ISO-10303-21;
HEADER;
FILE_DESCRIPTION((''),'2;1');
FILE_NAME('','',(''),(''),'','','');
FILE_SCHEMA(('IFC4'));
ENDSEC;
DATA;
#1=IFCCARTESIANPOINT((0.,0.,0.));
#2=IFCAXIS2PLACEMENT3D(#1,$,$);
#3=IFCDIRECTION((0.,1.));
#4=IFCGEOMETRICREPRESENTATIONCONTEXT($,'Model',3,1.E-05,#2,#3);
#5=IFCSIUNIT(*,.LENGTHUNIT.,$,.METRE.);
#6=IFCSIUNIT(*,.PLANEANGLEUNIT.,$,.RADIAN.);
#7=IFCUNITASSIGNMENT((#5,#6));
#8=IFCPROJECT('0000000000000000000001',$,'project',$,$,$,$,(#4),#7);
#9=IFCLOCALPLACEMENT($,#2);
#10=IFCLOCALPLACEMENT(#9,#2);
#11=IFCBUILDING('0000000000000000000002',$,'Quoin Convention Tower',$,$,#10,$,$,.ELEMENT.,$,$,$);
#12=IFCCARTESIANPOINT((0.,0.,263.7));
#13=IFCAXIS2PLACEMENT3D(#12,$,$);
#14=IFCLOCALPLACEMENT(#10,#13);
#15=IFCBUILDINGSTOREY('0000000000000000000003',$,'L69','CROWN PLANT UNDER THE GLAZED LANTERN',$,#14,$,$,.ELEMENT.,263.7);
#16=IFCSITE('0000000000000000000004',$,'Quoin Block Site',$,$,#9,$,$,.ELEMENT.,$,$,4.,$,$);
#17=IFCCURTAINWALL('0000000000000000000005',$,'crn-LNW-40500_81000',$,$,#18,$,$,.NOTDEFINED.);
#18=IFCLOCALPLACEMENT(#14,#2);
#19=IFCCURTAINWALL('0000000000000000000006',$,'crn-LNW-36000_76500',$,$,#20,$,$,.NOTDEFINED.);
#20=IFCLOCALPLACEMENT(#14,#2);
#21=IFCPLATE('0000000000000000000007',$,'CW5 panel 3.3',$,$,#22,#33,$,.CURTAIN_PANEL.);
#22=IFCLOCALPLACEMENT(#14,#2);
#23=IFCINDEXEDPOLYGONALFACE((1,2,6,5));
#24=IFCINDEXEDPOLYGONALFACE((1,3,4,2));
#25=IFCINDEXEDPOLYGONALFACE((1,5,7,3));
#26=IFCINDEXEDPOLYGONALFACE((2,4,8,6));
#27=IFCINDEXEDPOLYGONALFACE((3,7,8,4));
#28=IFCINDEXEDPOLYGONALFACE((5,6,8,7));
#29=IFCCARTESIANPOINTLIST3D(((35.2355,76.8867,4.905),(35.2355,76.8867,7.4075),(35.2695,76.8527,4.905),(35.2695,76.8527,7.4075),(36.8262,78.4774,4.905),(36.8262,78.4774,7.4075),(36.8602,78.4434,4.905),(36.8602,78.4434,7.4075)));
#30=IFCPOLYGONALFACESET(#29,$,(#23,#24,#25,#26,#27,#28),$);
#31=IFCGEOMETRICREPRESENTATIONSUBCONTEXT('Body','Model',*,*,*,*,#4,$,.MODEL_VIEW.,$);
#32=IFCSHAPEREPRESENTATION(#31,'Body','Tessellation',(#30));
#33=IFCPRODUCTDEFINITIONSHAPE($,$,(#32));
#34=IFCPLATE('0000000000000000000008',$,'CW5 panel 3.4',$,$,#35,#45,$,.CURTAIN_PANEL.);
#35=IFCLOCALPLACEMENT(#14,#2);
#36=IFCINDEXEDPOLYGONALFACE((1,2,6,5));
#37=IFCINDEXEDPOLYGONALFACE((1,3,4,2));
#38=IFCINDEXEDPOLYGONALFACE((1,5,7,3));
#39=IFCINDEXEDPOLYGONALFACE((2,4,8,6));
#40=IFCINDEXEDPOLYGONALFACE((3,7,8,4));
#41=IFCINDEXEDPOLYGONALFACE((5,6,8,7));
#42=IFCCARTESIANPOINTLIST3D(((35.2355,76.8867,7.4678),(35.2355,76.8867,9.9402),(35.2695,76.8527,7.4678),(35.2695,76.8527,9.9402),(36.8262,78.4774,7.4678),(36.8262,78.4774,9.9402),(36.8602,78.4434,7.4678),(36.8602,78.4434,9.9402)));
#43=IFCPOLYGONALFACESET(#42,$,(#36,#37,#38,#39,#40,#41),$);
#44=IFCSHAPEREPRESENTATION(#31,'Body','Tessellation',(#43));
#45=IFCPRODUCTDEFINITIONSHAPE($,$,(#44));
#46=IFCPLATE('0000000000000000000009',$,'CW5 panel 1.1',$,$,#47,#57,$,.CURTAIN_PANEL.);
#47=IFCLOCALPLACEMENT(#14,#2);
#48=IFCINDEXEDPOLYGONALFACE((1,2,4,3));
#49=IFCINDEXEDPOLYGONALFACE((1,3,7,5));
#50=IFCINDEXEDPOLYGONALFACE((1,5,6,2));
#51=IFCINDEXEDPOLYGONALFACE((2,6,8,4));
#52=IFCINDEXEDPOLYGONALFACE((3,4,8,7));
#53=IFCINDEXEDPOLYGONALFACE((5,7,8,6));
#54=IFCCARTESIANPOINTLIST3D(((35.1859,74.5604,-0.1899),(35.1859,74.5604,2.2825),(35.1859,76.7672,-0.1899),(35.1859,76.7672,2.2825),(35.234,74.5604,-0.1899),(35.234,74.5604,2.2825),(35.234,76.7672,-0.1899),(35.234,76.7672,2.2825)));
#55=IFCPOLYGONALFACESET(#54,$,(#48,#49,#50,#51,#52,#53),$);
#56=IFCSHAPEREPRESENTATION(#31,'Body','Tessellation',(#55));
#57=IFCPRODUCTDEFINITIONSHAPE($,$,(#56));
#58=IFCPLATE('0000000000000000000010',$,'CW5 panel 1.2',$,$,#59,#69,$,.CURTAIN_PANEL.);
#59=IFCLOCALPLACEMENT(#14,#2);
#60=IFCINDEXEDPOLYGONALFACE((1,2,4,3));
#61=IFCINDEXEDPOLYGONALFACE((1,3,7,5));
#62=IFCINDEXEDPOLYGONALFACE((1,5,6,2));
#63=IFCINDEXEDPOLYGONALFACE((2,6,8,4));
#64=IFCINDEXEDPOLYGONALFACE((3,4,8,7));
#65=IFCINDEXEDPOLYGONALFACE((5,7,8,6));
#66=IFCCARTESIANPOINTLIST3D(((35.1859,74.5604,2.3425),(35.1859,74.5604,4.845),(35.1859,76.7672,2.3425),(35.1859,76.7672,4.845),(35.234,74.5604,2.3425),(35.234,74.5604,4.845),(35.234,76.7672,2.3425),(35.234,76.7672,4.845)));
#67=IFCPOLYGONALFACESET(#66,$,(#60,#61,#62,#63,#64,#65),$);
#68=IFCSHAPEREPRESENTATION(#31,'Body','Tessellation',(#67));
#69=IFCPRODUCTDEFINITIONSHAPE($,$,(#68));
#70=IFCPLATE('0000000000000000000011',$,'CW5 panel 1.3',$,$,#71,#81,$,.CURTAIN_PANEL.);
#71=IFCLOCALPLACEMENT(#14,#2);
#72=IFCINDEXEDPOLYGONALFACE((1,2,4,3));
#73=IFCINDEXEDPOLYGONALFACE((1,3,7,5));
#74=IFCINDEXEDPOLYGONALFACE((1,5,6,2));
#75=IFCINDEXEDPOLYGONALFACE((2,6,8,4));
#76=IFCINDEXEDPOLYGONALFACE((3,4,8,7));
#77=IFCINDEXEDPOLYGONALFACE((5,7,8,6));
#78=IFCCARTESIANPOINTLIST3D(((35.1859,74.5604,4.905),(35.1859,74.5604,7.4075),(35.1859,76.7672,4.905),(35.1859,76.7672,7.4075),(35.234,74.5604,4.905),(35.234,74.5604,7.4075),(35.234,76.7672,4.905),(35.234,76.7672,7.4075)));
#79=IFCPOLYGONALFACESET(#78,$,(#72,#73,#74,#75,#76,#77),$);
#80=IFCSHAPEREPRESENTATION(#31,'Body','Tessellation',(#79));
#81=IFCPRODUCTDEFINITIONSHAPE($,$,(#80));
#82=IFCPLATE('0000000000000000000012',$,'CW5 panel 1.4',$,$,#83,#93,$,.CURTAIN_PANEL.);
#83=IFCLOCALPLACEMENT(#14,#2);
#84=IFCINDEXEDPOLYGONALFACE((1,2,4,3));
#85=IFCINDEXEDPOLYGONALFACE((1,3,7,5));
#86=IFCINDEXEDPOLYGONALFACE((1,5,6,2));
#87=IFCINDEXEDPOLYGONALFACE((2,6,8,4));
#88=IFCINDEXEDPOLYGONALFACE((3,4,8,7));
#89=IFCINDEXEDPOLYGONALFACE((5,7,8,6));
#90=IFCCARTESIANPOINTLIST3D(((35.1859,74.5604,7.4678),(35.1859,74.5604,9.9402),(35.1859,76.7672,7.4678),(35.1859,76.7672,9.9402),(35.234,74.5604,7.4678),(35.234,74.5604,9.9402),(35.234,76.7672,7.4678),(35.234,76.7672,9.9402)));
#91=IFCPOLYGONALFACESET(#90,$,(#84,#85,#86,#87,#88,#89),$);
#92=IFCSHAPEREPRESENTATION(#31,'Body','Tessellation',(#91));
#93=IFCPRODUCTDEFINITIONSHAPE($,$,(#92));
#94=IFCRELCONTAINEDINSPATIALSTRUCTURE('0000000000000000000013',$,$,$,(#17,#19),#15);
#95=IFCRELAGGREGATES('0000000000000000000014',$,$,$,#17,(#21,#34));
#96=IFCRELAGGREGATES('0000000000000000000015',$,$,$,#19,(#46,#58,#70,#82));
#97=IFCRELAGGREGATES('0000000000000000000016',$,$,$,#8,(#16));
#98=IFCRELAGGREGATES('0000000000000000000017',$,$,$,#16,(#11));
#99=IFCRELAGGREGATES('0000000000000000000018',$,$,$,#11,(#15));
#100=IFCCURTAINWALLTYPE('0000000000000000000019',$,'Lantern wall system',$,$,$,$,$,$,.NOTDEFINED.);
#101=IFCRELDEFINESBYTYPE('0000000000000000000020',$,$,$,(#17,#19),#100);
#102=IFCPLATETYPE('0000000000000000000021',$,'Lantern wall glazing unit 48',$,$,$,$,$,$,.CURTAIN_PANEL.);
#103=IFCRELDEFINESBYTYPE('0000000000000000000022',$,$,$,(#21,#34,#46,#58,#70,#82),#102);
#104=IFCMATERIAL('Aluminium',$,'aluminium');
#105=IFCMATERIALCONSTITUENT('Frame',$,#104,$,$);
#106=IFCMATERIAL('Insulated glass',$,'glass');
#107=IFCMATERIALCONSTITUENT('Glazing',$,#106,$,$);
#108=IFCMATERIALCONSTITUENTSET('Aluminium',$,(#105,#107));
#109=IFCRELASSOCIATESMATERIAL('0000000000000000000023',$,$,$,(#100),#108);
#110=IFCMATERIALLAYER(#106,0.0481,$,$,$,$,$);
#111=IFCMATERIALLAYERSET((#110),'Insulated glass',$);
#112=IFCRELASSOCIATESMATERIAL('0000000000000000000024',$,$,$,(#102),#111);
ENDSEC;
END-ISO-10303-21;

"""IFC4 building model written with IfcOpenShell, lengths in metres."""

from ifc_helpers import new_model, si_unit, direction, frame, origin, origin_2d, place, context, subcontext, project, spatial, rectangle, extrude, material, layer, layer_set, constituent, constituent_set, type_object, element, aggregate, save


model = new_model("IFC4")

# Units and contexts
model_context = context("Model", 3, precision=1e-05, world=origin(), true_north=direction((0.0, 1.0)))
body_context = subcontext(model_context, "Body", "Model", "MODEL_VIEW")
ifc_project = project(units=[si_unit("LENGTHUNIT", "METRE"), si_unit("PLANEANGLEUNIT", "RADIAN")], contexts=[model_context])

# Site, building, storey
site_placement = place(None, origin())
site = spatial("IfcSite", under=ifc_project, at=site_placement, Name="Quoin Block Site", CompositionType="ELEMENT", RefElevation=4.0)
building_placement = place(site_placement, origin())
building = spatial("IfcBuilding", under=site, at=building_placement, Name="Quoin Convention Tower", CompositionType="ELEMENT")
storey_placement = place(building_placement, frame((0.0, 0.0, 263.7)))
storey = spatial("IfcBuildingStorey", under=building, at=storey_placement, Name="L69", Description="CROWN PLANT UNDER THE GLAZED LANTERN", CompositionType="ELEMENT", Elevation=263.7)

# Curtain walls
ifc_material_1 = material(Name="Aluminium", Category="aluminium")
ifc_constituent_1 = constituent(ifc_material_1, Name="Frame")
ifc_material_2 = material(Name="Insulated glass", Category="glass")
ifc_constituent_2 = constituent(ifc_material_2, Name="Glazing")
ifc_constituent_set = constituent_set(constituents=[ifc_constituent_1, ifc_constituent_2], Name="Aluminium")
curtain_wall_type = type_object("IfcCurtainWallType", Name="Lantern wall system", PredefinedType="NOTDEFINED", material=ifc_constituent_set)
curtain_wall_1_placement = place(storey_placement, origin())
curtain_wall_1 = element("IfcCurtainWall", 1, at=curtain_wall_1_placement, inside=storey, type_object=curtain_wall_type, Name="crn-LNW-40500_81000", PredefinedType="NOTDEFINED")
curtain_wall_2_placement = place(storey_placement, origin())
curtain_wall_2 = element("IfcCurtainWall", 2, at=curtain_wall_2_placement, inside=storey, type_object=curtain_wall_type, Name="crn-LNW-36000_76500", PredefinedType="NOTDEFINED")

# Plates
ifc_layer = layer(ifc_material_2, 0.0481)
ifc_layer_set = layer_set([ifc_layer], Name="Insulated glass")
plate_type = type_object("IfcPlateType", Name="Lantern wall glazing unit 48", PredefinedType="CURTAIN_PANEL", material=ifc_layer_set)
plate_1_placement = place(storey_placement, frame((36.0479, 77.665, 4.905), z_axis=(0.0, 0.0, 1.0), x_axis=(-0.707107, -0.707107, 0.0)))
plate_1 = element("IfcPlate", 3, at=plate_1_placement, type_object=plate_type, Name="CW5 panel 3.3", PredefinedType="CURTAIN_PANEL", context=body_context, shape_type="SweptSolid", body=[
    extrude(rectangle(XDim=2.2495, YDim=0.0481, at=origin_2d()), origin(), (0.0, 0.0, 1.0), 2.5024),
])
plate_2_placement = place(storey_placement, frame((36.0479, 77.665, 7.4678), z_axis=(0.0, 0.0, 1.0), x_axis=(-0.707107, -0.707107, 0.0)))
plate_2 = element("IfcPlate", 4, at=plate_2_placement, type_object=plate_type, Name="CW5 panel 3.4", PredefinedType="CURTAIN_PANEL", context=body_context, shape_type="SweptSolid", body=[
    extrude(rectangle(XDim=2.2495, YDim=0.0481, at=origin_2d()), origin(), (0.0, 0.0, 1.0), 2.4724),
])
aggregate(curtain_wall_1, [plate_1, plate_2])
plate_3_placement = place(storey_placement, frame((35.21, 75.6638, -0.1899), z_axis=(0.0, 0.0, 1.0), x_axis=(0.0, -1.0, 0.0)))
plate_3 = element("IfcPlate", 5, at=plate_3_placement, type_object=plate_type, Name="CW5 panel 1.1", PredefinedType="CURTAIN_PANEL", context=body_context, shape_type="SweptSolid", body=[
    extrude(rectangle(XDim=2.2068, YDim=0.0481, at=origin_2d()), origin(), (0.0, 0.0, 1.0), 2.4724),
])
plate_4_placement = place(storey_placement, frame((35.21, 75.6638, 2.3425), z_axis=(0.0, 0.0, 1.0), x_axis=(0.0, -1.0, 0.0)))
plate_4 = element("IfcPlate", 6, at=plate_4_placement, type_object=plate_type, Name="CW5 panel 1.2", PredefinedType="CURTAIN_PANEL", context=body_context, shape_type="SweptSolid", body=[
    extrude(rectangle(XDim=2.2068, YDim=0.0481, at=origin_2d()), origin(), (0.0, 0.0, 1.0), 2.5024),
])
plate_5_placement = place(storey_placement, frame((35.21, 75.6638, 4.905), z_axis=(0.0, 0.0, 1.0), x_axis=(0.0, -1.0, 0.0)))
plate_5 = element("IfcPlate", 7, at=plate_5_placement, type_object=plate_type, Name="CW5 panel 1.3", PredefinedType="CURTAIN_PANEL", context=body_context, shape_type="SweptSolid", body=[
    extrude(rectangle(XDim=2.2068, YDim=0.0481, at=origin_2d()), origin(), (0.0, 0.0, 1.0), 2.5024),
])
plate_6_placement = place(storey_placement, frame((35.21, 75.6638, 7.4678), z_axis=(0.0, 0.0, 1.0), x_axis=(0.0, -1.0, 0.0)))
plate_6 = element("IfcPlate", 8, at=plate_6_placement, type_object=plate_type, Name="CW5 panel 1.4", PredefinedType="CURTAIN_PANEL", context=body_context, shape_type="SweptSolid", body=[
    extrude(rectangle(XDim=2.2068, YDim=0.0481, at=origin_2d()), origin(), (0.0, 0.0, 1.0), 2.4724),
])
aggregate(curtain_wall_2, [plate_3, plate_4, plate_5, plate_6])

save(model, "model.ifc")
